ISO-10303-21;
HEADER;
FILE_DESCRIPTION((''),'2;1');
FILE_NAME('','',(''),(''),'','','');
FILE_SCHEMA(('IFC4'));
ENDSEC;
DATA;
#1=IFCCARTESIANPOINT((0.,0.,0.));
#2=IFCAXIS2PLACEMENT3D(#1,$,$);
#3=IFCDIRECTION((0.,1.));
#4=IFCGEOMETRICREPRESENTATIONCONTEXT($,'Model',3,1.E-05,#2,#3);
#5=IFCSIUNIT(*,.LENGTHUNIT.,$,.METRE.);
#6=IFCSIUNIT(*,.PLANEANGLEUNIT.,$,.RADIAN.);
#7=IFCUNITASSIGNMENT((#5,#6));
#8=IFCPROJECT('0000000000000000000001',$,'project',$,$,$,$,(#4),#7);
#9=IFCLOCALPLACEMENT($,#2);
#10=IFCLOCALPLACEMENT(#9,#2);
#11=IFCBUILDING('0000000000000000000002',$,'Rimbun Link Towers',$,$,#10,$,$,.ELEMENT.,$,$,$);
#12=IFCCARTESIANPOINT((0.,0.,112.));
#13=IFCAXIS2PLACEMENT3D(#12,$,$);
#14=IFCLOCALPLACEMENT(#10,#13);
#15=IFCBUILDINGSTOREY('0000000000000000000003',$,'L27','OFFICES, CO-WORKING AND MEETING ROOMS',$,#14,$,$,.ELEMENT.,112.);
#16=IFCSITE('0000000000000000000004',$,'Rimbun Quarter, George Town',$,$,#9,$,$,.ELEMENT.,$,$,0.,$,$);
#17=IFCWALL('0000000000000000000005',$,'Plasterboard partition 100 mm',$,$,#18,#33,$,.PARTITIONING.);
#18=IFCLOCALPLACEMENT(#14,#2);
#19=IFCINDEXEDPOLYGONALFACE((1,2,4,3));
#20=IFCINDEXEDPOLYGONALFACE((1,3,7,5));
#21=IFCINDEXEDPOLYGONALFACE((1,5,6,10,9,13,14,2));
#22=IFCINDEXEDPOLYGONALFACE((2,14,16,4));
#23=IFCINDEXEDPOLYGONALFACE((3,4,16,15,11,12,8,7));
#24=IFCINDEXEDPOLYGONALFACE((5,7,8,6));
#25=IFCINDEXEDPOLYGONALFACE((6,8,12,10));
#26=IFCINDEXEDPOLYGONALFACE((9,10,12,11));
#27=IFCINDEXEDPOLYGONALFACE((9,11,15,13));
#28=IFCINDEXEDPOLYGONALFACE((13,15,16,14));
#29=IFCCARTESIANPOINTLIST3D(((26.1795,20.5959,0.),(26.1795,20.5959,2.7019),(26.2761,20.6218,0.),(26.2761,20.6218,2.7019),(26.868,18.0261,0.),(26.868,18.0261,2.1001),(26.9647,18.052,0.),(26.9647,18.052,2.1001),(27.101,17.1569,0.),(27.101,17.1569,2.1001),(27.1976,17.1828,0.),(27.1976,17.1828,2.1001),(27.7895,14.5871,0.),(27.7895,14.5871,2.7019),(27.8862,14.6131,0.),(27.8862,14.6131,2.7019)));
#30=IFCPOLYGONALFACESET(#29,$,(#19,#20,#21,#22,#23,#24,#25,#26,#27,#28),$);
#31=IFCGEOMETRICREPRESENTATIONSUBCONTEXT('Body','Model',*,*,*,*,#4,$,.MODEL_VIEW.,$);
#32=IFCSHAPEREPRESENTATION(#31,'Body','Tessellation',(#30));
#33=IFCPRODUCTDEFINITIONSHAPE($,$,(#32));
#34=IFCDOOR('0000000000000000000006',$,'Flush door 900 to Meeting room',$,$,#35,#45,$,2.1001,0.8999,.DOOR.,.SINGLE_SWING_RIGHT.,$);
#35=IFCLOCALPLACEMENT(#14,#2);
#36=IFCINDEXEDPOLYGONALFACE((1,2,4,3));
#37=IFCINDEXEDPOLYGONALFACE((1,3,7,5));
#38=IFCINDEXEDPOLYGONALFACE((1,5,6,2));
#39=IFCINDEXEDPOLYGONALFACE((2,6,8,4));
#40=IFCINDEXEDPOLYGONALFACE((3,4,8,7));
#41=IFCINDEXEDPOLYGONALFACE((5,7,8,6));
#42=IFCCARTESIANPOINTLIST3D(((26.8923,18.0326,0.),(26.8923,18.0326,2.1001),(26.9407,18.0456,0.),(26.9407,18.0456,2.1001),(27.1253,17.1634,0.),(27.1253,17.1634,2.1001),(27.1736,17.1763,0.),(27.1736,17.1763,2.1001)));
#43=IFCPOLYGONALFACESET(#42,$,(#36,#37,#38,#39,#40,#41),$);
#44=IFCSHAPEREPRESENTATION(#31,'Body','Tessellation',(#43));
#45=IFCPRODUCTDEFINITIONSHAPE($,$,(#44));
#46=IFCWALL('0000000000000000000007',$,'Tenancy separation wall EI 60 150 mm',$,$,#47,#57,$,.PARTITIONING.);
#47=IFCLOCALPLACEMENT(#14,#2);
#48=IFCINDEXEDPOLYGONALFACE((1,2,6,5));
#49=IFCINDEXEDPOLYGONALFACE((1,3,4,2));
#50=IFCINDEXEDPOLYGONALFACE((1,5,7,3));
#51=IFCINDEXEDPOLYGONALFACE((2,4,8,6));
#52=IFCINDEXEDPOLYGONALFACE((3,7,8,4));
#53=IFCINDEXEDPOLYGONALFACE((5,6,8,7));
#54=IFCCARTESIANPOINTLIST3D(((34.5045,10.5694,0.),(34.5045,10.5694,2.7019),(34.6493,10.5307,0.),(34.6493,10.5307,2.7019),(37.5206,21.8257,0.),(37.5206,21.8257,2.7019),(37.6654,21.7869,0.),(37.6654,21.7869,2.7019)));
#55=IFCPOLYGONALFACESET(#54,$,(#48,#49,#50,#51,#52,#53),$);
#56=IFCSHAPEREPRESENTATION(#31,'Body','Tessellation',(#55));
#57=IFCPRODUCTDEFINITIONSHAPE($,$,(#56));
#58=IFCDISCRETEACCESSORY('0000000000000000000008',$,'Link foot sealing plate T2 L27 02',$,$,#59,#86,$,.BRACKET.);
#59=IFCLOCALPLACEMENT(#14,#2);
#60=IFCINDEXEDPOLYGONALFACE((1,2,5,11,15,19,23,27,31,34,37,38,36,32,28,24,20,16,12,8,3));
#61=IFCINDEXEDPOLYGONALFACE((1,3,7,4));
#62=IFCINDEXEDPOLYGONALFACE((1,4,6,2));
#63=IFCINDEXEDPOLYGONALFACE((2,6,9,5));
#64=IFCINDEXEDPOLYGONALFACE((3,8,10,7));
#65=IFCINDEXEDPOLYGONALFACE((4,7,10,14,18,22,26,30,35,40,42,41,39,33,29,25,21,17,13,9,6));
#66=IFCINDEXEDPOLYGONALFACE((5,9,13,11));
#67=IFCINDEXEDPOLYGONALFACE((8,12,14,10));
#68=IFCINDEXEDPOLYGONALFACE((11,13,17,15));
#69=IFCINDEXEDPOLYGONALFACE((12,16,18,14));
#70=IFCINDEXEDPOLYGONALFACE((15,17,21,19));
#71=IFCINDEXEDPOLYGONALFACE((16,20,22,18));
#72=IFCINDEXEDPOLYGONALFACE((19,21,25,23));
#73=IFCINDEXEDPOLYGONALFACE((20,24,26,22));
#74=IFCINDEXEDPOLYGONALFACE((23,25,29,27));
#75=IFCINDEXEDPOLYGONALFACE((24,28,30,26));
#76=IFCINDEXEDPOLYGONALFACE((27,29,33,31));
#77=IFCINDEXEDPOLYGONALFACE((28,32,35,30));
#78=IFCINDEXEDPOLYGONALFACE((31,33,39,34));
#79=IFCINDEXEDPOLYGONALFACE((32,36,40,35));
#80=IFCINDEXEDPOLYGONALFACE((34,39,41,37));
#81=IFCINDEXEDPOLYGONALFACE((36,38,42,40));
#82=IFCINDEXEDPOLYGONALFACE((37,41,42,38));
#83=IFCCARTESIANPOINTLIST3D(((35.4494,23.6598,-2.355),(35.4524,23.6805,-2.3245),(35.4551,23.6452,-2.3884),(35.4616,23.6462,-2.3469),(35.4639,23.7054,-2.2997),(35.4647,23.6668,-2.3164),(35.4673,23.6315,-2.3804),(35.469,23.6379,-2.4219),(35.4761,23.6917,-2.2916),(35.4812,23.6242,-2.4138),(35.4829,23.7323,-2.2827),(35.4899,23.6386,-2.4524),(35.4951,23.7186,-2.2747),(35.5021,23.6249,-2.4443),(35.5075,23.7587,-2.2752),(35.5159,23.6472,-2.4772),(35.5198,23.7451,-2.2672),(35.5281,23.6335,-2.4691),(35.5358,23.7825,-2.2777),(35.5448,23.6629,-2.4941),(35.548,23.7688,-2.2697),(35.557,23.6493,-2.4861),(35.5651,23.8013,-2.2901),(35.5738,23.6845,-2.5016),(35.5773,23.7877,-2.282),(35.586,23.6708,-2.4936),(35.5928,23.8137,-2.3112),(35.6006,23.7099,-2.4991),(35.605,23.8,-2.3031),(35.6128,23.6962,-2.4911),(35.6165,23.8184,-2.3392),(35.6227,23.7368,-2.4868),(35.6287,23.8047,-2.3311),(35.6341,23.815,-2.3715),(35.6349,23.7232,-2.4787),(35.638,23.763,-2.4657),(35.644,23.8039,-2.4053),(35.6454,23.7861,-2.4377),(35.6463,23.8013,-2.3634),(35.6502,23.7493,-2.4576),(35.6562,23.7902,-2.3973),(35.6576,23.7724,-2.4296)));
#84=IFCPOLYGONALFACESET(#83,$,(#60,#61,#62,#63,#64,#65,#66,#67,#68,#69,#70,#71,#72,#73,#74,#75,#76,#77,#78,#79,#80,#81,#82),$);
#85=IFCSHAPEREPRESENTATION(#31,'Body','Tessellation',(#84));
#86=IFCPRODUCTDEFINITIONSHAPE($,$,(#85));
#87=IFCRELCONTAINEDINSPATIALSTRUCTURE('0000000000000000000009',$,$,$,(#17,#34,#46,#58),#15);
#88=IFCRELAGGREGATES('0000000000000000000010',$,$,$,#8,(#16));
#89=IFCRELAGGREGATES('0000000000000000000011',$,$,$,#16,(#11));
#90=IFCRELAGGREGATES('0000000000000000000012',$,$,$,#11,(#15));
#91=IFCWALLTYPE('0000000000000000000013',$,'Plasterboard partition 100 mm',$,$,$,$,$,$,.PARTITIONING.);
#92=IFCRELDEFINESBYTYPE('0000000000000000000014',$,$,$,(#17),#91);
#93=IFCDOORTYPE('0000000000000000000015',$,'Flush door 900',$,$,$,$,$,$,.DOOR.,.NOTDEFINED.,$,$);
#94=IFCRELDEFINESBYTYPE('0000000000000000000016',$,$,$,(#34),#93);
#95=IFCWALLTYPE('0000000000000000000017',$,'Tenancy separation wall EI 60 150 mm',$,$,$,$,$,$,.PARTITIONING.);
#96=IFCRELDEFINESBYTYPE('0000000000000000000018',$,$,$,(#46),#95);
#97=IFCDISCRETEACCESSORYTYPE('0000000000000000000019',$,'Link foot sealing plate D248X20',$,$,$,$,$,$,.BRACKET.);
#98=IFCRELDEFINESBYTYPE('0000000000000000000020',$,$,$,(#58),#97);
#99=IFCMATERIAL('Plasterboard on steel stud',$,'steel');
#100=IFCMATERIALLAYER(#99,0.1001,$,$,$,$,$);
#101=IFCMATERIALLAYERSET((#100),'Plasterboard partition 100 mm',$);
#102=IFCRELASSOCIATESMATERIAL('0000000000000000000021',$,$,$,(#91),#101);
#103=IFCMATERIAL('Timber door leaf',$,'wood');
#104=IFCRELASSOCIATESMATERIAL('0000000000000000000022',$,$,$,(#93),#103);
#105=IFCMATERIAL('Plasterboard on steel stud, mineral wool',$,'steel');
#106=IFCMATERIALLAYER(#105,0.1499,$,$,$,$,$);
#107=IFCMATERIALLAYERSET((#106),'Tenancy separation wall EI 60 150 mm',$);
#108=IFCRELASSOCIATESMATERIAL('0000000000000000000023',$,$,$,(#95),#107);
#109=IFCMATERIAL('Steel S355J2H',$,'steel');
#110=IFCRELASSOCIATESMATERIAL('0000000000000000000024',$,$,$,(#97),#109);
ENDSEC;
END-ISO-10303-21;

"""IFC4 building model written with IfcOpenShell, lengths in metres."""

from ifc_helpers import new_model, si_unit, direction, frame, frame_2d, origin, origin_2d, place, context, subcontext, project, spatial, rectangle, circle, extrude, material, layer, layer_set, material_profile, profile_set, type_object, element, fill, save


model = new_model("IFC4")

# Units and contexts
model_context = context("Model", 3, precision=1e-05, world=origin(), true_north=direction((0.0, 1.0)))
body_context = subcontext(model_context, "Body", "Model", "MODEL_VIEW")
ifc_project = project(units=[si_unit("LENGTHUNIT", "METRE"), si_unit("PLANEANGLEUNIT", "RADIAN")], contexts=[model_context])

# Site, building, storey
site_placement = place(None, origin())
site = spatial("IfcSite", under=ifc_project, at=site_placement, Name="Rimbun Quarter, George Town", CompositionType="ELEMENT", RefElevation=0.0)
building_placement = place(site_placement, origin())
building = spatial("IfcBuilding", under=site, at=building_placement, Name="Rimbun Link Towers", CompositionType="ELEMENT")
storey_placement = place(building_placement, frame((0.0, 0.0, 112.0)))
storey = spatial("IfcBuildingStorey", under=building, at=storey_placement, Name="L27", Description="OFFICES, CO-WORKING AND MEETING ROOMS", CompositionType="ELEMENT", Elevation=112.0)

# Wall, opening, door
ifc_material_1 = material(Name="Plasterboard on steel stud", Category="steel")
ifc_layer_1 = layer(ifc_material_1, 0.1001)
ifc_layer_set_1 = layer_set([ifc_layer_1], Name="Plasterboard partition 100 mm")
wall_type_1 = type_object("IfcWallType", Name="Plasterboard partition 100 mm", PredefinedType="PARTITIONING", material=ifc_layer_set_1)
wall_1_placement = place(storey_placement, frame((27.8379, 14.6001, 0.0), z_axis=(0.0, 0.0, 1.0), x_axis=(-0.258828, 0.965924, 0.0)))
wall_1 = element("IfcWall", 1, at=wall_1_placement, inside=storey, type_object=wall_type_1, Name="Plasterboard partition 100 mm", PredefinedType="PARTITIONING", context=body_context, shape_type="SweptSolid", body=[
    extrude(rectangle(XDim=6.2207, YDim=0.1001, at=frame_2d((3.1104, 0.0))), origin(), (0.0, 0.0, 1.0), 2.7019),
])
opening_1_placement = place(wall_1_placement, frame((2.6604, 0.0, 0.0)))
opening_1 = element("IfcOpeningElement", 2, at=opening_1_placement, cuts=wall_1, PredefinedType="OPENING", context=body_context, shape_type="SweptSolid", body=[
    extrude(rectangle(XDim=0.8999, YDim=2.1001, at=frame_2d((0.45, 1.05))), frame((0.0, 0.0601, 0.0), z_axis=(0.0, -1.0, 0.0), x_axis=(1.0, 0.0, 0.0)), (0.0, 0.0, 1.0), 0.1201),
])
ifc_material_2 = material(Name="Timber door leaf", Category="wood")
door_type_1 = type_object("IfcDoorType", Name="Flush door 900", OperationType="NOTDEFINED", PredefinedType="DOOR", material=ifc_material_2)
door_1_placement = place(opening_1_placement, origin())
door_1 = element("IfcDoor", 3, at=door_1_placement, inside=storey, type_object=door_type_1, Name="Flush door 900 to Meeting room", OperationType="SINGLE_SWING_RIGHT", OverallHeight=2.1001, OverallWidth=0.8999, PredefinedType="DOOR", context=body_context, shape_type="SweptSolid", body=[
    extrude(rectangle(XDim=0.8999, YDim=2.1001, at=frame_2d((0.45, 1.05))), frame((0.0, 0.0249, 0.0), z_axis=(0.0, -1.0, 0.0), x_axis=(1.0, 0.0, 0.0)), (0.0, 0.0, 1.0), 0.05),
])
fill(opening_1, door_1)

# Wall
ifc_material_3 = material(Name="Plasterboard on steel stud, mineral wool", Category="steel")
ifc_layer_2 = layer(ifc_material_3, 0.1499)
ifc_layer_set_2 = layer_set([ifc_layer_2], Name="Tenancy separation wall EI 60 150 mm")
wall_type_2 = type_object("IfcWallType", Name="Tenancy separation wall EI 60 150 mm", PredefinedType="PARTITIONING", material=ifc_layer_set_2)
wall_2_placement = place(storey_placement, frame((34.5769, 10.55, 0.0), z_axis=(0.0, 0.0, 1.0), x_axis=(0.258818, 0.965926, 0.0)))
element("IfcWall", 4, at=wall_2_placement, inside=storey, type_object=wall_type_2, Name="Tenancy separation wall EI 60 150 mm", PredefinedType="PARTITIONING", context=body_context, shape_type="SweptSolid", body=[
    extrude(rectangle(XDim=11.6533, YDim=0.1499, at=frame_2d((5.8267, 0.0))), origin(), (0.0, 0.0, 1.0), 2.7019),
])

# Discrete accessory
ifc_material_4 = material(Name="Steel S355J2H", Category="steel")
ifc_material_profile_1 = material_profile(ifc_material_4, circle(Radius=0.124, at=origin_2d()), Name="PL D248")
ifc_profile_set_1 = profile_set([ifc_material_profile_1], Name="Steel S355J2H")
discrete_accessory_type = type_object("IfcDiscreteAccessoryType", Name="Link foot sealing plate D248X20", PredefinedType="BRACKET", material=ifc_profile_set_1)
discrete_accessory_placement = place(storey_placement, frame((35.5598, 23.7141, -2.3804), z_axis=(-0.609711, 0.682876, -0.402409), x_axis=(-0.745938, -0.666016, 0.0)))
element("IfcDiscreteAccessory", 5, at=discrete_accessory_placement, inside=storey, type_object=discrete_accessory_type, Name="Link foot sealing plate T2 L27 02", PredefinedType="BRACKET", context=body_context, shape_type="SweptSolid", body=[
    extrude(circle(Radius=0.124, at=origin_2d()), origin(), (0.0, 0.0, 1.0), 0.02),
])

save(model, "model.ifc")
